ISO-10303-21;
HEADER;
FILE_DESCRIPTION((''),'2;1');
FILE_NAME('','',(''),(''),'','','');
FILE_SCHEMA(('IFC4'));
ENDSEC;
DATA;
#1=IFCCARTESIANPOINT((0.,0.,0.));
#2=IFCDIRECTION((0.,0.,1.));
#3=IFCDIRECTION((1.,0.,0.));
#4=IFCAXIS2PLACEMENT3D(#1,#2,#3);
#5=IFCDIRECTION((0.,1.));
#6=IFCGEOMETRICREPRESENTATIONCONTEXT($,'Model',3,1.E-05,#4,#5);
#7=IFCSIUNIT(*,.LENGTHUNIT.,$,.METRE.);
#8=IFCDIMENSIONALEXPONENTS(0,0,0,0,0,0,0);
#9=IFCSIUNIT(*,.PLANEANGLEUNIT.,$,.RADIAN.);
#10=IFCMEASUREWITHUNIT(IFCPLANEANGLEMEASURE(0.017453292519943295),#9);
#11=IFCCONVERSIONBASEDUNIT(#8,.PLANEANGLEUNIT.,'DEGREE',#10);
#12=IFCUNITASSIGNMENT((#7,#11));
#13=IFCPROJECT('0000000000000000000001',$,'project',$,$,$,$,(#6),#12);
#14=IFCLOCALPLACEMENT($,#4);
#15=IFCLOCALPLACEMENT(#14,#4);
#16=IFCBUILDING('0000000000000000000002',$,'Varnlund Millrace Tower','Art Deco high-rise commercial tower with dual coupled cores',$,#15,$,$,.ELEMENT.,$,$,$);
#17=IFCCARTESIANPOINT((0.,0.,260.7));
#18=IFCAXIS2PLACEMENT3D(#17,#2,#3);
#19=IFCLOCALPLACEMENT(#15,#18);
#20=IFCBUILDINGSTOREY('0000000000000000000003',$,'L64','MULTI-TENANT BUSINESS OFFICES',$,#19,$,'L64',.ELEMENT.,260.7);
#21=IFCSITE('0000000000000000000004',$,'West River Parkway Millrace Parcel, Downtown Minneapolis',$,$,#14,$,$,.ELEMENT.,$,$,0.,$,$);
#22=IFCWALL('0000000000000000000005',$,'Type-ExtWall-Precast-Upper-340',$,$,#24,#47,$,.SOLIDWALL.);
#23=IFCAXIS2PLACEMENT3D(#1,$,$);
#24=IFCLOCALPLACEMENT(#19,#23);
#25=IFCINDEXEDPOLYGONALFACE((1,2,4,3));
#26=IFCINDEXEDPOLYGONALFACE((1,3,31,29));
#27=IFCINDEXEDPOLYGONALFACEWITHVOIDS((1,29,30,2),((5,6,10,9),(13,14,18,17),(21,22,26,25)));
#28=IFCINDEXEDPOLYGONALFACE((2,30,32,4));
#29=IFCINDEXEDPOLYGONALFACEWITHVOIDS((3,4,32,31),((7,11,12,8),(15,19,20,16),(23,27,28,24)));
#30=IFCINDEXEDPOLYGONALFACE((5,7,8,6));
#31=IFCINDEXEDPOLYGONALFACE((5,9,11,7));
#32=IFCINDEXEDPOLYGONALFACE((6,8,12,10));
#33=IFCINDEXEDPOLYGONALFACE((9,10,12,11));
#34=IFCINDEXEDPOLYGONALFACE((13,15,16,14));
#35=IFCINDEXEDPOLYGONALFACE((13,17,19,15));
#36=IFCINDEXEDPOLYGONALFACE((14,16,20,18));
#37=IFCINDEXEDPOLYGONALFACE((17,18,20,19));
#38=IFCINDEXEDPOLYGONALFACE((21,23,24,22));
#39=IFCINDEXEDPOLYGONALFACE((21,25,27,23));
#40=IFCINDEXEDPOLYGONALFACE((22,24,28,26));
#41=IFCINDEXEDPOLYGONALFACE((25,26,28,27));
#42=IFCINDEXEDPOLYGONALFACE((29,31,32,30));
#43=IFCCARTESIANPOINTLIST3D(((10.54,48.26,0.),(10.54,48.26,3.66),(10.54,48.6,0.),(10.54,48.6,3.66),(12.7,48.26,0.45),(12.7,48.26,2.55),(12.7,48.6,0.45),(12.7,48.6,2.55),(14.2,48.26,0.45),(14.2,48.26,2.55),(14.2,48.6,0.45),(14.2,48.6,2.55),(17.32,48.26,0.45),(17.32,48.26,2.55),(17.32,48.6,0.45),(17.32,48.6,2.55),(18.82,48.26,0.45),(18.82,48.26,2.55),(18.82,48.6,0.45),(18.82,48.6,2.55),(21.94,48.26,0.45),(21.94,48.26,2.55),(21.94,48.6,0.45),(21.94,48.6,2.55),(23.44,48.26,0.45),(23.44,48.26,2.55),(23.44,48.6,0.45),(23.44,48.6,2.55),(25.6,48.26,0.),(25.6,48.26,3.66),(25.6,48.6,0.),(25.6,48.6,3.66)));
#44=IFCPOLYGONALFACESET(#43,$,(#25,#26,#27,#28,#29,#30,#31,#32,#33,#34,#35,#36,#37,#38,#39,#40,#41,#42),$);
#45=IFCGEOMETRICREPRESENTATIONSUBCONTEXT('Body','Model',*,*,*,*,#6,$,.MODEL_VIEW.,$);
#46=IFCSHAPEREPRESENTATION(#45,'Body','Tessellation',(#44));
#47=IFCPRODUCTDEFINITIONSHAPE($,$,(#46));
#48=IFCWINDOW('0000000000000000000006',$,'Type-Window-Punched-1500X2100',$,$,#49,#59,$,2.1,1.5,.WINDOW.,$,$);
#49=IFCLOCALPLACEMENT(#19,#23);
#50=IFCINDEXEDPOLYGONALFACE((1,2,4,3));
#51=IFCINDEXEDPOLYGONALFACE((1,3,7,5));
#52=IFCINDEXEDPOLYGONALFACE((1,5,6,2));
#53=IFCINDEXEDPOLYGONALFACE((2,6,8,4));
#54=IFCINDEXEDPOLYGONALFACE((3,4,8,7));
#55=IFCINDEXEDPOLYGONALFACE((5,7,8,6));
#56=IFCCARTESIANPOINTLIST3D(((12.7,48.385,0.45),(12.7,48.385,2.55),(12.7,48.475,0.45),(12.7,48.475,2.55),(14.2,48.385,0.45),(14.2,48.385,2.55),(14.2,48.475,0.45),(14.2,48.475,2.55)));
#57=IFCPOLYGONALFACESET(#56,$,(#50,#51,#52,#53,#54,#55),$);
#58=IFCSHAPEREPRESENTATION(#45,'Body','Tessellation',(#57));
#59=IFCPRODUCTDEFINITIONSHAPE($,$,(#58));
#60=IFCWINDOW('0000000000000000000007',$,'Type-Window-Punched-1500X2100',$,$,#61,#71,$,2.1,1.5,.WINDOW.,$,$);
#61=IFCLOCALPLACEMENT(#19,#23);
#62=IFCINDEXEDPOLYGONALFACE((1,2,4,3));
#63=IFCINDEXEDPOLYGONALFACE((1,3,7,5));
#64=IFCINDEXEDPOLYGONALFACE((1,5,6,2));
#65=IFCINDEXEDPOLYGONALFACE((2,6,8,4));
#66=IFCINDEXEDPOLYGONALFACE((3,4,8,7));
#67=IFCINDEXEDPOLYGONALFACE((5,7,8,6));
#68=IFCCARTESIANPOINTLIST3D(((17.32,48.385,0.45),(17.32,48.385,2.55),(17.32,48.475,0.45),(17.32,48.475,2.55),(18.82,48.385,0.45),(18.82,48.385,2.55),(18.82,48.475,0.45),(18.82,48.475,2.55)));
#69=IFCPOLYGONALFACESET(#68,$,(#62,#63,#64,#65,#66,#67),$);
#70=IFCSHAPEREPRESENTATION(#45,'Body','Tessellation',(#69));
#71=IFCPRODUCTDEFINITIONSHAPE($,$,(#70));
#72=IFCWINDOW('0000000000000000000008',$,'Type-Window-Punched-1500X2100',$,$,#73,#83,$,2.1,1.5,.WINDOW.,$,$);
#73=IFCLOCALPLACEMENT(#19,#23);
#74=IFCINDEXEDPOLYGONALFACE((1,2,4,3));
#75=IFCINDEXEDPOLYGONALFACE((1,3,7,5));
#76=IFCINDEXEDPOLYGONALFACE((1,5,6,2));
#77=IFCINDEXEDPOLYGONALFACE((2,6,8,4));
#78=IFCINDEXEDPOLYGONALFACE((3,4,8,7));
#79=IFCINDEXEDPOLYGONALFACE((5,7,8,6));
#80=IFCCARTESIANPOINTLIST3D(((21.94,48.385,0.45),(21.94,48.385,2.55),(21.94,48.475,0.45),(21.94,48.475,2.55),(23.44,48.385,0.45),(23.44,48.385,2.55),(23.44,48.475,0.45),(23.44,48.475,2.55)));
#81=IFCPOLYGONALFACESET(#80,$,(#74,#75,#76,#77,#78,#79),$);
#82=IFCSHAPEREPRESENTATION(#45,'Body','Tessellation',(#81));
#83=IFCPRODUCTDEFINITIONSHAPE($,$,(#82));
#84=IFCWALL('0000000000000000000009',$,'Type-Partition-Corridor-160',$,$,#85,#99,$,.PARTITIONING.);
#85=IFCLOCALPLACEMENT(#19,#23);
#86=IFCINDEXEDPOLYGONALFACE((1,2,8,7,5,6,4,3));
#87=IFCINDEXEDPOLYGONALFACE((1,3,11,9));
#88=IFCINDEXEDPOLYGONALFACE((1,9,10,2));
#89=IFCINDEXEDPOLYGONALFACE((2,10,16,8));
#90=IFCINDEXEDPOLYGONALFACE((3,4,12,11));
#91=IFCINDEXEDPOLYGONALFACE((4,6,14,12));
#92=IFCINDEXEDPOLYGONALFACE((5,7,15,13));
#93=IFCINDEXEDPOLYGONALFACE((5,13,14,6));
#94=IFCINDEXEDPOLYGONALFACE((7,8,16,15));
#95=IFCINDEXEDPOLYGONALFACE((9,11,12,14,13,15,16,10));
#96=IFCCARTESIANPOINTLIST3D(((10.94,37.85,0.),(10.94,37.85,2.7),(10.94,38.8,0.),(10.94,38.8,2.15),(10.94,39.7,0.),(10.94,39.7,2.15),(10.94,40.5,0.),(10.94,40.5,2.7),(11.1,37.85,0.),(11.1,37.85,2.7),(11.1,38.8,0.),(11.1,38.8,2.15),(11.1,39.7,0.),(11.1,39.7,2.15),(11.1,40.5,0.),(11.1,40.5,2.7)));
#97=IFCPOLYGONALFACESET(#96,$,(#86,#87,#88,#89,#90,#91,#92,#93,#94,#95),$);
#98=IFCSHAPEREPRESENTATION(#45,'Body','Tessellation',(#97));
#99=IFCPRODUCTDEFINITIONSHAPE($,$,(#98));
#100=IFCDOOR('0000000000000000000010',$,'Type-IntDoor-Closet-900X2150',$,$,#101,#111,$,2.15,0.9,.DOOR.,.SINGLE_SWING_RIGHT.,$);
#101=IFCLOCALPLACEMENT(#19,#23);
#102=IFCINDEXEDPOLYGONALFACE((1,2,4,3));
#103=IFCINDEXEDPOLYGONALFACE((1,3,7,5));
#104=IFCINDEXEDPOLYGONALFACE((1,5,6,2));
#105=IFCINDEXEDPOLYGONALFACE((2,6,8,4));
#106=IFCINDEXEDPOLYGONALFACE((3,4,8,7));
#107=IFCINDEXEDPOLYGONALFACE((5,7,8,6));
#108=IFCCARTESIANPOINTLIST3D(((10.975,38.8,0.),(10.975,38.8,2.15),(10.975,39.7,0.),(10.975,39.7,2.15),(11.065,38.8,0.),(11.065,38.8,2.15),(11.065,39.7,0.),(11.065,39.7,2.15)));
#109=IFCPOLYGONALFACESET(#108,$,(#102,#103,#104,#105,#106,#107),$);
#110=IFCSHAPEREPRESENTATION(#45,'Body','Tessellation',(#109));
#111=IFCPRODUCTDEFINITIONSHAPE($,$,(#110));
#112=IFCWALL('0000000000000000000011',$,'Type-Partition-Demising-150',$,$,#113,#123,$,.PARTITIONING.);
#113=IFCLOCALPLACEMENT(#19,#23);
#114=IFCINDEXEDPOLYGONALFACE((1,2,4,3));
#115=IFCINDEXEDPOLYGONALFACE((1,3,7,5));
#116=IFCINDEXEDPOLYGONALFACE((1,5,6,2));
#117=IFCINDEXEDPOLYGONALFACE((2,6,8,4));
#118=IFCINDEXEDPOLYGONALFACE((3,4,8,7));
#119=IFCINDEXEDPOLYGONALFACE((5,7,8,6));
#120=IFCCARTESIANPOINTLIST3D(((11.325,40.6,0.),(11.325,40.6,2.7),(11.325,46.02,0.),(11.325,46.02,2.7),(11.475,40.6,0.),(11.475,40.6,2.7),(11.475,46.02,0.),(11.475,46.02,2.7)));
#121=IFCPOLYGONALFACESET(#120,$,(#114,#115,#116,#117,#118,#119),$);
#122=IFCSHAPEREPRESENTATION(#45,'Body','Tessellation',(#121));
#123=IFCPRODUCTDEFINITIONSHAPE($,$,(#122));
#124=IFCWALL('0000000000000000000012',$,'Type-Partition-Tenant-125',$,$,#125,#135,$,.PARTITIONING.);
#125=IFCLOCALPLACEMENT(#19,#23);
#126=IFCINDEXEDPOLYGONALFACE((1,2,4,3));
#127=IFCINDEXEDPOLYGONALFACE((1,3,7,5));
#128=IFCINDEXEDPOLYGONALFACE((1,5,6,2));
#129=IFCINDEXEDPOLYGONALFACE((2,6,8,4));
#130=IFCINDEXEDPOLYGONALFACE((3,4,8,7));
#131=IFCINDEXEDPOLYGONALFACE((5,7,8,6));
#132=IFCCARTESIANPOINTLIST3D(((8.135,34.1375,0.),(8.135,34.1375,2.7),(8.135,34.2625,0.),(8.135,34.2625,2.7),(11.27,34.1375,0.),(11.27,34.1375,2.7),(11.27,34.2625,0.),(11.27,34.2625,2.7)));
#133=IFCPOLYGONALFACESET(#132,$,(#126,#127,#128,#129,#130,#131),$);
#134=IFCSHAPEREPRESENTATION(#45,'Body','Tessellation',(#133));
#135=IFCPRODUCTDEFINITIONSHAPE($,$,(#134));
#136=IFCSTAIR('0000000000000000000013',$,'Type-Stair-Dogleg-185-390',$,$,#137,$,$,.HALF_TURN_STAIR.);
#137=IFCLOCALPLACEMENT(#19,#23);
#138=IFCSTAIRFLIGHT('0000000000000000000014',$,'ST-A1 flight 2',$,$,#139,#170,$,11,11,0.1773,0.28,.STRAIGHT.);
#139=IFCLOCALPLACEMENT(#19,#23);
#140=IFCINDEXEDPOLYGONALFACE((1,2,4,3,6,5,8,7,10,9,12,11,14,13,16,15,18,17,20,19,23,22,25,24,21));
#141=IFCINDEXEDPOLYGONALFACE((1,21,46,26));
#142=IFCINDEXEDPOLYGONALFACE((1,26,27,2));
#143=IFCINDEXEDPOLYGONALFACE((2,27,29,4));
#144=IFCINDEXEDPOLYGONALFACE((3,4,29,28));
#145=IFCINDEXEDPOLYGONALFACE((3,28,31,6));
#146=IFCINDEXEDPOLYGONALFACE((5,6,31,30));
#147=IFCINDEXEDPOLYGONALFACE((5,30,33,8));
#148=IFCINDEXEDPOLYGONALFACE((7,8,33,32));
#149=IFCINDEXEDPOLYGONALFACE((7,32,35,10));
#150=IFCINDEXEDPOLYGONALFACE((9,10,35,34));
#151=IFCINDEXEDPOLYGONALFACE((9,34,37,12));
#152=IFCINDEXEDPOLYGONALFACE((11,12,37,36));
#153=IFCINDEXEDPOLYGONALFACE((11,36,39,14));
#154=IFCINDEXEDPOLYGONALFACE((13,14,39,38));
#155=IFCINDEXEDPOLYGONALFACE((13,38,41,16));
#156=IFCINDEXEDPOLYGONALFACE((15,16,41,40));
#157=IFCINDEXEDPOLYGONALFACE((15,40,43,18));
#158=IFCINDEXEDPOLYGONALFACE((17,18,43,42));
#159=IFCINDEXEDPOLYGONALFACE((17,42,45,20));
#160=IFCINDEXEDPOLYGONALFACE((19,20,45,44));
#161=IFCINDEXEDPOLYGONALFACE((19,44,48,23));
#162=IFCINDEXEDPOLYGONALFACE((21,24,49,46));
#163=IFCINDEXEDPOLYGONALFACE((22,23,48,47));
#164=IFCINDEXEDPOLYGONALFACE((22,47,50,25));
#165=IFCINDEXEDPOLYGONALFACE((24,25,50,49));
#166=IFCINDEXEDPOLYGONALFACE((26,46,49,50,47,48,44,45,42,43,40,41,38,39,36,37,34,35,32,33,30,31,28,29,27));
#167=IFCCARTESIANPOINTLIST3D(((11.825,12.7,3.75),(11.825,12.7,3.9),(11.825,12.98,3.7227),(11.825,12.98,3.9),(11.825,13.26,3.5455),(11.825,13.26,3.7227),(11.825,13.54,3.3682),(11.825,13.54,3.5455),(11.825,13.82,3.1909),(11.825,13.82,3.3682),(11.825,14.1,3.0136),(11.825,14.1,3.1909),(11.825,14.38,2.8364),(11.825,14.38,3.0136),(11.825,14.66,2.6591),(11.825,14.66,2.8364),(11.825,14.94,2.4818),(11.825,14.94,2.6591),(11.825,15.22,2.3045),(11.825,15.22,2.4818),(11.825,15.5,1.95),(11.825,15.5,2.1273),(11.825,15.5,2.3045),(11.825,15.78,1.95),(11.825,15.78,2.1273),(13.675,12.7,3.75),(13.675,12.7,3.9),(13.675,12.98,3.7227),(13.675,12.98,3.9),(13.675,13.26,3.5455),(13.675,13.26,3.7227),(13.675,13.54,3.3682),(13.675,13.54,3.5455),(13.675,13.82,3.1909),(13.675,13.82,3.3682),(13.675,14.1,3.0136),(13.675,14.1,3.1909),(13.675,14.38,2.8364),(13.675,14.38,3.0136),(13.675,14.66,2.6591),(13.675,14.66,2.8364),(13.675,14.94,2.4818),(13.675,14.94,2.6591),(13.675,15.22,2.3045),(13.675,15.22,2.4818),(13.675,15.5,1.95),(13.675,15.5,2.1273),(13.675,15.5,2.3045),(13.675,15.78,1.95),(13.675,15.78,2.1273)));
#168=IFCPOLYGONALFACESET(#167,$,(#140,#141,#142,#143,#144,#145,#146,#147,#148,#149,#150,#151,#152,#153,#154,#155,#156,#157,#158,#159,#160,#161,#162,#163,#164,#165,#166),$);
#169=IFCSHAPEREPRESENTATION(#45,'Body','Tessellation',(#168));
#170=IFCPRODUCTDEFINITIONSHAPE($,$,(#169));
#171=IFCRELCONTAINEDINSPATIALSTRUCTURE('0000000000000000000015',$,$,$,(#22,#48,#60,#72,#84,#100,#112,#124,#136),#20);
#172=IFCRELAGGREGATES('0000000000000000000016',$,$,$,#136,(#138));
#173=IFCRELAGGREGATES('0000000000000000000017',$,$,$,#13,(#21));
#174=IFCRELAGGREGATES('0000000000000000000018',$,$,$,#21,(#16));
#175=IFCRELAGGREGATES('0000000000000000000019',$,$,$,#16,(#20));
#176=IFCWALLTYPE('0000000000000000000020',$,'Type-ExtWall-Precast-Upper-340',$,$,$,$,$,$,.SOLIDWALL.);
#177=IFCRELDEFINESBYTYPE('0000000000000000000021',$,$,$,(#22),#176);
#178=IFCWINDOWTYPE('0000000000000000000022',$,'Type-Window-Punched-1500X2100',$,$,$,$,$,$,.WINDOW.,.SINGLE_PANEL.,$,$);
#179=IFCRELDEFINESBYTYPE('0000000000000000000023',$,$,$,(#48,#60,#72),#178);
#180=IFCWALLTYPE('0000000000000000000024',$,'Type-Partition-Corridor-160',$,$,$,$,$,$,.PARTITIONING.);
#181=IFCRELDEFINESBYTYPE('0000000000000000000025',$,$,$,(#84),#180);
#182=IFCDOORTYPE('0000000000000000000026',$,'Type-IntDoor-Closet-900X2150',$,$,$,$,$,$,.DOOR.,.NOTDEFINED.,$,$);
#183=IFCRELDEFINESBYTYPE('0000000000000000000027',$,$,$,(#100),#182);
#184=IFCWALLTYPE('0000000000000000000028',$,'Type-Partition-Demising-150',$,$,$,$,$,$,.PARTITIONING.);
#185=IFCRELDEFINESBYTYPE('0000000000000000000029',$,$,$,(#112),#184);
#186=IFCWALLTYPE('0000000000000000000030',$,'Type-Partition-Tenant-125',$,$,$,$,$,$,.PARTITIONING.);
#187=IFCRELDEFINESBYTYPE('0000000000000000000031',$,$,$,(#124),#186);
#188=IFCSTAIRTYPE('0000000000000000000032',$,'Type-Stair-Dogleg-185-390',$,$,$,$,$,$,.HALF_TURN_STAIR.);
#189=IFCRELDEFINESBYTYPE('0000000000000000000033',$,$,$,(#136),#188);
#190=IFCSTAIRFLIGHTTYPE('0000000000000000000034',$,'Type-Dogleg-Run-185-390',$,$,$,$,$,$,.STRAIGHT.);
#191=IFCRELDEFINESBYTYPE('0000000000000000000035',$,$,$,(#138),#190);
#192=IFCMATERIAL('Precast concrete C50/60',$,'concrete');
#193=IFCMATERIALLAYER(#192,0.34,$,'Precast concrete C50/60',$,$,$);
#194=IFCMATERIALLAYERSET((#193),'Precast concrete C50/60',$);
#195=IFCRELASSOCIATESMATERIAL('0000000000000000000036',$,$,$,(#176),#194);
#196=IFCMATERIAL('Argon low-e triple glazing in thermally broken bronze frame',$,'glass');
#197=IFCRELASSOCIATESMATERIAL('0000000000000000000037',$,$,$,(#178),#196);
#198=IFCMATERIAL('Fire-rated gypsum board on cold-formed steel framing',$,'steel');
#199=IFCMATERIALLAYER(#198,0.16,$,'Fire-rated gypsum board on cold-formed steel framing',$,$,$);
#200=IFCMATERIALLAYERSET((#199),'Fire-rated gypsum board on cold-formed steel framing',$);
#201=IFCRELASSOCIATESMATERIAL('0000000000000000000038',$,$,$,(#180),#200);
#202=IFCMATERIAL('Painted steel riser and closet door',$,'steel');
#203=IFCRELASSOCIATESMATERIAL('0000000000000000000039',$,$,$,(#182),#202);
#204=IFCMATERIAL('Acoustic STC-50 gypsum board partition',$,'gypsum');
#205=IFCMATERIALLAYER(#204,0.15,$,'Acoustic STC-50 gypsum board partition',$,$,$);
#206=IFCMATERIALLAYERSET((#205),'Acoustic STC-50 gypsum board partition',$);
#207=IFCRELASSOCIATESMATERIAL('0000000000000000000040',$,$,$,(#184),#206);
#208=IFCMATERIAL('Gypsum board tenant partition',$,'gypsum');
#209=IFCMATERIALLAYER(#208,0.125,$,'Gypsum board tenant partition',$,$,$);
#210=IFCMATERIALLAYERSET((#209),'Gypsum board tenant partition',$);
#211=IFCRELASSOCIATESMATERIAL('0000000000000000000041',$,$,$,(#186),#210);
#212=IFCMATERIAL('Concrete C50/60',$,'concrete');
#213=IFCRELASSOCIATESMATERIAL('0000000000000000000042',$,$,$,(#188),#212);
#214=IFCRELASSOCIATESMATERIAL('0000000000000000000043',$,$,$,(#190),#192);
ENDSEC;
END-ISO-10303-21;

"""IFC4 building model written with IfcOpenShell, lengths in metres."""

from ifc_helpers import new_model, entity, si_unit, converted_unit, direction, frame, origin_with_axes, origin_2d_with_axis, place, context, subcontext, project, spatial, polyline, rectangle, outline, extrude, material, layer, layer_set, type_object, element, fill, aggregate, save


model = new_model("IFC4")

# Units and contexts
model_context = context("Model", 3, precision=1e-05, world=origin_with_axes(), true_north=direction((0.0, 1.0)))
body_context = subcontext(model_context, "Body", "Model", "MODEL_VIEW")
ifc_project = project(units=[si_unit("LENGTHUNIT", "METRE"), converted_unit("PLANEANGLEUNIT", "DEGREE", entity("IfcPlaneAngleMeasure", 0.017453292519943295), si_unit("PLANEANGLEUNIT", "RADIAN"), dimensions=[0, 0, 0, 0, 0, 0, 0])], contexts=[model_context])

# Site, building, storey
site_placement = place(None, origin_with_axes())
site = spatial("IfcSite", under=ifc_project, at=site_placement, Name="West River Parkway Millrace Parcel, Downtown Minneapolis", CompositionType="ELEMENT", RefElevation=0.0)
building_placement = place(site_placement, origin_with_axes())
building = spatial("IfcBuilding", under=site, at=building_placement, Name="Varnlund Millrace Tower", Description="Art Deco high-rise commercial tower with dual coupled cores", CompositionType="ELEMENT")
storey_placement = place(building_placement, frame((0.0, 0.0, 260.7), z_axis=(0.0, 0.0, 1.0), x_axis=(1.0, 0.0, 0.0)))
storey = spatial("IfcBuildingStorey", under=building, at=storey_placement, Name="L64", Description="MULTI-TENANT BUSINESS OFFICES", LongName="L64", CompositionType="ELEMENT", Elevation=260.7)

# Shared definitions
ifc_material_1 = material(Name="Precast concrete C50/60", Category="concrete")
ifc_layer_1 = layer(ifc_material_1, 0.34, Name="Precast concrete C50/60")
ifc_layer_set_1 = layer_set([ifc_layer_1], Name="Precast concrete C50/60")
wall_type_1 = type_object("IfcWallType", Name="Type-ExtWall-Precast-Upper-340", PredefinedType="SOLIDWALL", material=ifc_layer_set_1)

# Wall, openings, windows
wall_1_placement = place(storey_placement, frame((10.54, 48.43, 0.0), z_axis=(0.0, 0.0, 1.0), x_axis=(1.0, 0.0, 0.0)))
wall_1 = element("IfcWall", 1, at=wall_1_placement, inside=storey, type_object=wall_type_1, Name="Type-ExtWall-Precast-Upper-340", PredefinedType="SOLIDWALL", context=body_context, shape_type="SweptSolid", body=[
    extrude(outline(polyline([(0.0, -0.17), (15.06, -0.17), (15.06, 0.17), (0.0, 0.17), (0.0, -0.17)])), origin_with_axes(), (0.0, 0.0, 1.0), 3.66),
])
opening_1_placement = place(wall_1_placement, frame((2.91, 0.0, 0.45), z_axis=(0.0, 0.0, 1.0), x_axis=(1.0, 0.0, 0.0)))
opening_1 = element("IfcOpeningElement", 2, at=opening_1_placement, cuts=wall_1, PredefinedType="OPENING", context=body_context, shape_type="SweptSolid", body=[
    extrude(rectangle(XDim=1.5, YDim=0.36, at=origin_2d_with_axis()), origin_with_axes(), (0.0, 0.0, 1.0), 2.1),
])
opening_2_placement = place(wall_1_placement, frame((7.53, 0.0, 0.45), z_axis=(0.0, 0.0, 1.0), x_axis=(1.0, 0.0, 0.0)))
opening_2 = element("IfcOpeningElement", 3, at=opening_2_placement, cuts=wall_1, PredefinedType="OPENING", context=body_context, shape_type="SweptSolid", body=[
    extrude(rectangle(XDim=1.5, YDim=0.36, at=origin_2d_with_axis()), origin_with_axes(), (0.0, 0.0, 1.0), 2.1),
])
opening_3_placement = place(wall_1_placement, frame((12.15, 0.0, 0.45), z_axis=(0.0, 0.0, 1.0), x_axis=(1.0, 0.0, 0.0)))
opening_3 = element("IfcOpeningElement", 4, at=opening_3_placement, cuts=wall_1, PredefinedType="OPENING", context=body_context, shape_type="SweptSolid", body=[
    extrude(rectangle(XDim=1.5, YDim=0.36, at=origin_2d_with_axis()), origin_with_axes(), (0.0, 0.0, 1.0), 2.1),
])
ifc_material_2 = material(Name="Argon low-e triple glazing in thermally broken bronze frame", Category="glass")
window_type = type_object("IfcWindowType", Name="Type-Window-Punched-1500X2100", PartitioningType="SINGLE_PANEL", PredefinedType="WINDOW", material=ifc_material_2)
window_1_placement = place(wall_1_placement, frame((2.91, 0.0, 0.45), z_axis=(0.0, 0.0, 1.0), x_axis=(1.0, 0.0, 0.0)))
window_1 = element("IfcWindow", 5, at=window_1_placement, inside=storey, type_object=window_type, Name="Type-Window-Punched-1500X2100", OverallHeight=2.1, OverallWidth=1.5, PredefinedType="WINDOW", context=body_context, shape_type="SweptSolid", body=[
    extrude(rectangle(XDim=1.5, YDim=0.09, at=origin_2d_with_axis()), origin_with_axes(), (0.0, 0.0, 1.0), 2.1),
])
fill(opening_1, window_1)
window_2_placement = place(wall_1_placement, frame((7.53, 0.0, 0.45), z_axis=(0.0, 0.0, 1.0), x_axis=(1.0, 0.0, 0.0)))
window_2 = element("IfcWindow", 6, at=window_2_placement, inside=storey, type_object=window_type, Name="Type-Window-Punched-1500X2100", OverallHeight=2.1, OverallWidth=1.5, PredefinedType="WINDOW", context=body_context, shape_type="SweptSolid", body=[
    extrude(rectangle(XDim=1.5, YDim=0.09, at=origin_2d_with_axis()), origin_with_axes(), (0.0, 0.0, 1.0), 2.1),
])
fill(opening_2, window_2)
window_3_placement = place(wall_1_placement, frame((12.15, 0.0, 0.45), z_axis=(0.0, 0.0, 1.0), x_axis=(1.0, 0.0, 0.0)))
window_3 = element("IfcWindow", 7, at=window_3_placement, inside=storey, type_object=window_type, Name="Type-Window-Punched-1500X2100", OverallHeight=2.1, OverallWidth=1.5, PredefinedType="WINDOW", context=body_context, shape_type="SweptSolid", body=[
    extrude(rectangle(XDim=1.5, YDim=0.09, at=origin_2d_with_axis()), origin_with_axes(), (0.0, 0.0, 1.0), 2.1),
])
fill(opening_3, window_3)

# Wall, opening, door
ifc_material_3 = material(Name="Fire-rated gypsum board on cold-formed steel framing", Category="steel")
ifc_layer_2 = layer(ifc_material_3, 0.16, Name="Fire-rated gypsum board on cold-formed steel framing")
ifc_layer_set_2 = layer_set([ifc_layer_2], Name="Fire-rated gypsum board on cold-formed steel framing")
wall_type_2 = type_object("IfcWallType", Name="Type-Partition-Corridor-160", PredefinedType="PARTITIONING", material=ifc_layer_set_2)
wall_2_placement = place(storey_placement, frame((11.02, 37.85, 0.0), z_axis=(0.0, 0.0, 1.0), x_axis=(0.0, 1.0, 0.0)))
wall_2 = element("IfcWall", 8, at=wall_2_placement, inside=storey, type_object=wall_type_2, Name="Type-Partition-Corridor-160", PredefinedType="PARTITIONING", context=body_context, shape_type="SweptSolid", body=[
    extrude(outline(polyline([(0.0, -0.08), (2.65, -0.08), (2.65, 0.08), (0.0, 0.08), (0.0, -0.08)])), origin_with_axes(), (0.0, 0.0, 1.0), 2.7),
])
opening_4_placement = place(wall_2_placement, frame((1.4, 0.0, 0.0), z_axis=(0.0, 0.0, 1.0), x_axis=(1.0, 0.0, 0.0)))
opening_4 = element("IfcOpeningElement", 9, at=opening_4_placement, cuts=wall_2, PredefinedType="OPENING", context=body_context, shape_type="SweptSolid", body=[
    extrude(rectangle(XDim=0.9, YDim=0.18, at=origin_2d_with_axis()), origin_with_axes(), (0.0, 0.0, 1.0), 2.15),
])
ifc_material_4 = material(Name="Painted steel riser and closet door", Category="steel")
door_type = type_object("IfcDoorType", Name="Type-IntDoor-Closet-900X2150", OperationType="NOTDEFINED", PredefinedType="DOOR", material=ifc_material_4)
door_placement = place(wall_2_placement, frame((1.4, 0.0, 0.0), z_axis=(0.0, 0.0, 1.0), x_axis=(1.0, 0.0, 0.0)))
door = element("IfcDoor", 10, at=door_placement, inside=storey, type_object=door_type, Name="Type-IntDoor-Closet-900X2150", OperationType="SINGLE_SWING_RIGHT", OverallHeight=2.15, OverallWidth=0.9, PredefinedType="DOOR", context=body_context, shape_type="SweptSolid", body=[
    extrude(rectangle(XDim=0.9, YDim=0.09, at=origin_2d_with_axis()), origin_with_axes(), (0.0, 0.0, 1.0), 2.15),
])
fill(opening_4, door)

# Walls
ifc_material_5 = material(Name="Acoustic STC-50 gypsum board partition", Category="gypsum")
ifc_layer_3 = layer(ifc_material_5, 0.15, Name="Acoustic STC-50 gypsum board partition")
ifc_layer_set_3 = layer_set([ifc_layer_3], Name="Acoustic STC-50 gypsum board partition")
wall_type_3 = type_object("IfcWallType", Name="Type-Partition-Demising-150", PredefinedType="PARTITIONING", material=ifc_layer_set_3)
wall_3_placement = place(storey_placement, frame((11.4, 40.6, 0.0), z_axis=(0.0, 0.0, 1.0), x_axis=(0.0, 1.0, 0.0)))
element("IfcWall", 11, at=wall_3_placement, inside=storey, type_object=wall_type_3, Name="Type-Partition-Demising-150", PredefinedType="PARTITIONING", context=body_context, shape_type="SweptSolid", body=[
    extrude(outline(polyline([(0.0, -0.075), (5.42, -0.075), (5.42, 0.075), (0.0, 0.075), (0.0, -0.075)])), origin_with_axes(), (0.0, 0.0, 1.0), 2.7),
])
ifc_material_6 = material(Name="Gypsum board tenant partition", Category="gypsum")
ifc_layer_4 = layer(ifc_material_6, 0.125, Name="Gypsum board tenant partition")
ifc_layer_set_4 = layer_set([ifc_layer_4], Name="Gypsum board tenant partition")
wall_type_4 = type_object("IfcWallType", Name="Type-Partition-Tenant-125", PredefinedType="PARTITIONING", material=ifc_layer_set_4)
wall_4_placement = place(storey_placement, frame((8.135, 34.2, 0.0), z_axis=(0.0, 0.0, 1.0), x_axis=(1.0, 0.0, 0.0)))
element("IfcWall", 12, at=wall_4_placement, inside=storey, type_object=wall_type_4, Name="Type-Partition-Tenant-125", PredefinedType="PARTITIONING", context=body_context, shape_type="SweptSolid", body=[
    extrude(outline(polyline([(0.0, -0.0625), (3.135, -0.0625), (3.135, 0.0625), (0.0, 0.0625), (0.0, -0.0625)])), origin_with_axes(), (0.0, 0.0, 1.0), 2.7),
])

# Stair, stair flight
ifc_material_7 = material(Name="Concrete C50/60", Category="concrete")
stair_type = type_object("IfcStairType", Name="Type-Stair-Dogleg-185-390", PredefinedType="HALF_TURN_STAIR", material=ifc_material_7)
stair_1_placement = place(storey_placement, origin_with_axes())
stair_1 = element("IfcStair", 13, at=stair_1_placement, inside=storey, type_object=stair_type, Name="Type-Stair-Dogleg-185-390", PredefinedType="HALF_TURN_STAIR")
stair_flight_type = type_object("IfcStairFlightType", Name="Type-Dogleg-Run-185-390", PredefinedType="STRAIGHT", material=ifc_material_1)
stair_flight_1_placement = place(storey_placement, frame((13.675, 15.78, 1.95), z_axis=(-1.0, 0.0, 0.0), x_axis=(0.0, -1.0, 0.0)))
stair_flight_1 = element("IfcStairFlight", 14, at=stair_flight_1_placement, type_object=stair_flight_type, Name="ST-A1 flight 2", NumberOfRisers=11, NumberOfTreads=11, PredefinedType="STRAIGHT", RiserHeight=0.1773, TreadLength=0.28, context=body_context, shape_type="SweptSolid", body=[
    extrude(outline(polyline([(0.0, 0.0), (0.0, 0.1773), (0.28, 0.1773), (0.28, 0.3545), (0.56, 0.3545), (0.56, 0.5318), (0.84, 0.5318), (0.84, 0.7091), (1.12, 0.7091), (1.12, 0.8864), (1.4, 0.8864), (1.4, 1.0636), (1.68, 1.0636), (1.68, 1.2409), (1.96, 1.2409), (1.96, 1.4182), (2.24, 1.4182), (2.24, 1.5955), (2.52, 1.5955), (2.52, 1.7727), (2.8, 1.7727), (2.8, 1.95), (3.08, 1.95), (3.08, 1.8), (0.28, 0.0), (0.0, 0.0)])), origin_with_axes(), (0.0, 0.0, 1.0), 1.85),
])
aggregate(stair_1, [stair_flight_1])

save(model, "model.ifc")
